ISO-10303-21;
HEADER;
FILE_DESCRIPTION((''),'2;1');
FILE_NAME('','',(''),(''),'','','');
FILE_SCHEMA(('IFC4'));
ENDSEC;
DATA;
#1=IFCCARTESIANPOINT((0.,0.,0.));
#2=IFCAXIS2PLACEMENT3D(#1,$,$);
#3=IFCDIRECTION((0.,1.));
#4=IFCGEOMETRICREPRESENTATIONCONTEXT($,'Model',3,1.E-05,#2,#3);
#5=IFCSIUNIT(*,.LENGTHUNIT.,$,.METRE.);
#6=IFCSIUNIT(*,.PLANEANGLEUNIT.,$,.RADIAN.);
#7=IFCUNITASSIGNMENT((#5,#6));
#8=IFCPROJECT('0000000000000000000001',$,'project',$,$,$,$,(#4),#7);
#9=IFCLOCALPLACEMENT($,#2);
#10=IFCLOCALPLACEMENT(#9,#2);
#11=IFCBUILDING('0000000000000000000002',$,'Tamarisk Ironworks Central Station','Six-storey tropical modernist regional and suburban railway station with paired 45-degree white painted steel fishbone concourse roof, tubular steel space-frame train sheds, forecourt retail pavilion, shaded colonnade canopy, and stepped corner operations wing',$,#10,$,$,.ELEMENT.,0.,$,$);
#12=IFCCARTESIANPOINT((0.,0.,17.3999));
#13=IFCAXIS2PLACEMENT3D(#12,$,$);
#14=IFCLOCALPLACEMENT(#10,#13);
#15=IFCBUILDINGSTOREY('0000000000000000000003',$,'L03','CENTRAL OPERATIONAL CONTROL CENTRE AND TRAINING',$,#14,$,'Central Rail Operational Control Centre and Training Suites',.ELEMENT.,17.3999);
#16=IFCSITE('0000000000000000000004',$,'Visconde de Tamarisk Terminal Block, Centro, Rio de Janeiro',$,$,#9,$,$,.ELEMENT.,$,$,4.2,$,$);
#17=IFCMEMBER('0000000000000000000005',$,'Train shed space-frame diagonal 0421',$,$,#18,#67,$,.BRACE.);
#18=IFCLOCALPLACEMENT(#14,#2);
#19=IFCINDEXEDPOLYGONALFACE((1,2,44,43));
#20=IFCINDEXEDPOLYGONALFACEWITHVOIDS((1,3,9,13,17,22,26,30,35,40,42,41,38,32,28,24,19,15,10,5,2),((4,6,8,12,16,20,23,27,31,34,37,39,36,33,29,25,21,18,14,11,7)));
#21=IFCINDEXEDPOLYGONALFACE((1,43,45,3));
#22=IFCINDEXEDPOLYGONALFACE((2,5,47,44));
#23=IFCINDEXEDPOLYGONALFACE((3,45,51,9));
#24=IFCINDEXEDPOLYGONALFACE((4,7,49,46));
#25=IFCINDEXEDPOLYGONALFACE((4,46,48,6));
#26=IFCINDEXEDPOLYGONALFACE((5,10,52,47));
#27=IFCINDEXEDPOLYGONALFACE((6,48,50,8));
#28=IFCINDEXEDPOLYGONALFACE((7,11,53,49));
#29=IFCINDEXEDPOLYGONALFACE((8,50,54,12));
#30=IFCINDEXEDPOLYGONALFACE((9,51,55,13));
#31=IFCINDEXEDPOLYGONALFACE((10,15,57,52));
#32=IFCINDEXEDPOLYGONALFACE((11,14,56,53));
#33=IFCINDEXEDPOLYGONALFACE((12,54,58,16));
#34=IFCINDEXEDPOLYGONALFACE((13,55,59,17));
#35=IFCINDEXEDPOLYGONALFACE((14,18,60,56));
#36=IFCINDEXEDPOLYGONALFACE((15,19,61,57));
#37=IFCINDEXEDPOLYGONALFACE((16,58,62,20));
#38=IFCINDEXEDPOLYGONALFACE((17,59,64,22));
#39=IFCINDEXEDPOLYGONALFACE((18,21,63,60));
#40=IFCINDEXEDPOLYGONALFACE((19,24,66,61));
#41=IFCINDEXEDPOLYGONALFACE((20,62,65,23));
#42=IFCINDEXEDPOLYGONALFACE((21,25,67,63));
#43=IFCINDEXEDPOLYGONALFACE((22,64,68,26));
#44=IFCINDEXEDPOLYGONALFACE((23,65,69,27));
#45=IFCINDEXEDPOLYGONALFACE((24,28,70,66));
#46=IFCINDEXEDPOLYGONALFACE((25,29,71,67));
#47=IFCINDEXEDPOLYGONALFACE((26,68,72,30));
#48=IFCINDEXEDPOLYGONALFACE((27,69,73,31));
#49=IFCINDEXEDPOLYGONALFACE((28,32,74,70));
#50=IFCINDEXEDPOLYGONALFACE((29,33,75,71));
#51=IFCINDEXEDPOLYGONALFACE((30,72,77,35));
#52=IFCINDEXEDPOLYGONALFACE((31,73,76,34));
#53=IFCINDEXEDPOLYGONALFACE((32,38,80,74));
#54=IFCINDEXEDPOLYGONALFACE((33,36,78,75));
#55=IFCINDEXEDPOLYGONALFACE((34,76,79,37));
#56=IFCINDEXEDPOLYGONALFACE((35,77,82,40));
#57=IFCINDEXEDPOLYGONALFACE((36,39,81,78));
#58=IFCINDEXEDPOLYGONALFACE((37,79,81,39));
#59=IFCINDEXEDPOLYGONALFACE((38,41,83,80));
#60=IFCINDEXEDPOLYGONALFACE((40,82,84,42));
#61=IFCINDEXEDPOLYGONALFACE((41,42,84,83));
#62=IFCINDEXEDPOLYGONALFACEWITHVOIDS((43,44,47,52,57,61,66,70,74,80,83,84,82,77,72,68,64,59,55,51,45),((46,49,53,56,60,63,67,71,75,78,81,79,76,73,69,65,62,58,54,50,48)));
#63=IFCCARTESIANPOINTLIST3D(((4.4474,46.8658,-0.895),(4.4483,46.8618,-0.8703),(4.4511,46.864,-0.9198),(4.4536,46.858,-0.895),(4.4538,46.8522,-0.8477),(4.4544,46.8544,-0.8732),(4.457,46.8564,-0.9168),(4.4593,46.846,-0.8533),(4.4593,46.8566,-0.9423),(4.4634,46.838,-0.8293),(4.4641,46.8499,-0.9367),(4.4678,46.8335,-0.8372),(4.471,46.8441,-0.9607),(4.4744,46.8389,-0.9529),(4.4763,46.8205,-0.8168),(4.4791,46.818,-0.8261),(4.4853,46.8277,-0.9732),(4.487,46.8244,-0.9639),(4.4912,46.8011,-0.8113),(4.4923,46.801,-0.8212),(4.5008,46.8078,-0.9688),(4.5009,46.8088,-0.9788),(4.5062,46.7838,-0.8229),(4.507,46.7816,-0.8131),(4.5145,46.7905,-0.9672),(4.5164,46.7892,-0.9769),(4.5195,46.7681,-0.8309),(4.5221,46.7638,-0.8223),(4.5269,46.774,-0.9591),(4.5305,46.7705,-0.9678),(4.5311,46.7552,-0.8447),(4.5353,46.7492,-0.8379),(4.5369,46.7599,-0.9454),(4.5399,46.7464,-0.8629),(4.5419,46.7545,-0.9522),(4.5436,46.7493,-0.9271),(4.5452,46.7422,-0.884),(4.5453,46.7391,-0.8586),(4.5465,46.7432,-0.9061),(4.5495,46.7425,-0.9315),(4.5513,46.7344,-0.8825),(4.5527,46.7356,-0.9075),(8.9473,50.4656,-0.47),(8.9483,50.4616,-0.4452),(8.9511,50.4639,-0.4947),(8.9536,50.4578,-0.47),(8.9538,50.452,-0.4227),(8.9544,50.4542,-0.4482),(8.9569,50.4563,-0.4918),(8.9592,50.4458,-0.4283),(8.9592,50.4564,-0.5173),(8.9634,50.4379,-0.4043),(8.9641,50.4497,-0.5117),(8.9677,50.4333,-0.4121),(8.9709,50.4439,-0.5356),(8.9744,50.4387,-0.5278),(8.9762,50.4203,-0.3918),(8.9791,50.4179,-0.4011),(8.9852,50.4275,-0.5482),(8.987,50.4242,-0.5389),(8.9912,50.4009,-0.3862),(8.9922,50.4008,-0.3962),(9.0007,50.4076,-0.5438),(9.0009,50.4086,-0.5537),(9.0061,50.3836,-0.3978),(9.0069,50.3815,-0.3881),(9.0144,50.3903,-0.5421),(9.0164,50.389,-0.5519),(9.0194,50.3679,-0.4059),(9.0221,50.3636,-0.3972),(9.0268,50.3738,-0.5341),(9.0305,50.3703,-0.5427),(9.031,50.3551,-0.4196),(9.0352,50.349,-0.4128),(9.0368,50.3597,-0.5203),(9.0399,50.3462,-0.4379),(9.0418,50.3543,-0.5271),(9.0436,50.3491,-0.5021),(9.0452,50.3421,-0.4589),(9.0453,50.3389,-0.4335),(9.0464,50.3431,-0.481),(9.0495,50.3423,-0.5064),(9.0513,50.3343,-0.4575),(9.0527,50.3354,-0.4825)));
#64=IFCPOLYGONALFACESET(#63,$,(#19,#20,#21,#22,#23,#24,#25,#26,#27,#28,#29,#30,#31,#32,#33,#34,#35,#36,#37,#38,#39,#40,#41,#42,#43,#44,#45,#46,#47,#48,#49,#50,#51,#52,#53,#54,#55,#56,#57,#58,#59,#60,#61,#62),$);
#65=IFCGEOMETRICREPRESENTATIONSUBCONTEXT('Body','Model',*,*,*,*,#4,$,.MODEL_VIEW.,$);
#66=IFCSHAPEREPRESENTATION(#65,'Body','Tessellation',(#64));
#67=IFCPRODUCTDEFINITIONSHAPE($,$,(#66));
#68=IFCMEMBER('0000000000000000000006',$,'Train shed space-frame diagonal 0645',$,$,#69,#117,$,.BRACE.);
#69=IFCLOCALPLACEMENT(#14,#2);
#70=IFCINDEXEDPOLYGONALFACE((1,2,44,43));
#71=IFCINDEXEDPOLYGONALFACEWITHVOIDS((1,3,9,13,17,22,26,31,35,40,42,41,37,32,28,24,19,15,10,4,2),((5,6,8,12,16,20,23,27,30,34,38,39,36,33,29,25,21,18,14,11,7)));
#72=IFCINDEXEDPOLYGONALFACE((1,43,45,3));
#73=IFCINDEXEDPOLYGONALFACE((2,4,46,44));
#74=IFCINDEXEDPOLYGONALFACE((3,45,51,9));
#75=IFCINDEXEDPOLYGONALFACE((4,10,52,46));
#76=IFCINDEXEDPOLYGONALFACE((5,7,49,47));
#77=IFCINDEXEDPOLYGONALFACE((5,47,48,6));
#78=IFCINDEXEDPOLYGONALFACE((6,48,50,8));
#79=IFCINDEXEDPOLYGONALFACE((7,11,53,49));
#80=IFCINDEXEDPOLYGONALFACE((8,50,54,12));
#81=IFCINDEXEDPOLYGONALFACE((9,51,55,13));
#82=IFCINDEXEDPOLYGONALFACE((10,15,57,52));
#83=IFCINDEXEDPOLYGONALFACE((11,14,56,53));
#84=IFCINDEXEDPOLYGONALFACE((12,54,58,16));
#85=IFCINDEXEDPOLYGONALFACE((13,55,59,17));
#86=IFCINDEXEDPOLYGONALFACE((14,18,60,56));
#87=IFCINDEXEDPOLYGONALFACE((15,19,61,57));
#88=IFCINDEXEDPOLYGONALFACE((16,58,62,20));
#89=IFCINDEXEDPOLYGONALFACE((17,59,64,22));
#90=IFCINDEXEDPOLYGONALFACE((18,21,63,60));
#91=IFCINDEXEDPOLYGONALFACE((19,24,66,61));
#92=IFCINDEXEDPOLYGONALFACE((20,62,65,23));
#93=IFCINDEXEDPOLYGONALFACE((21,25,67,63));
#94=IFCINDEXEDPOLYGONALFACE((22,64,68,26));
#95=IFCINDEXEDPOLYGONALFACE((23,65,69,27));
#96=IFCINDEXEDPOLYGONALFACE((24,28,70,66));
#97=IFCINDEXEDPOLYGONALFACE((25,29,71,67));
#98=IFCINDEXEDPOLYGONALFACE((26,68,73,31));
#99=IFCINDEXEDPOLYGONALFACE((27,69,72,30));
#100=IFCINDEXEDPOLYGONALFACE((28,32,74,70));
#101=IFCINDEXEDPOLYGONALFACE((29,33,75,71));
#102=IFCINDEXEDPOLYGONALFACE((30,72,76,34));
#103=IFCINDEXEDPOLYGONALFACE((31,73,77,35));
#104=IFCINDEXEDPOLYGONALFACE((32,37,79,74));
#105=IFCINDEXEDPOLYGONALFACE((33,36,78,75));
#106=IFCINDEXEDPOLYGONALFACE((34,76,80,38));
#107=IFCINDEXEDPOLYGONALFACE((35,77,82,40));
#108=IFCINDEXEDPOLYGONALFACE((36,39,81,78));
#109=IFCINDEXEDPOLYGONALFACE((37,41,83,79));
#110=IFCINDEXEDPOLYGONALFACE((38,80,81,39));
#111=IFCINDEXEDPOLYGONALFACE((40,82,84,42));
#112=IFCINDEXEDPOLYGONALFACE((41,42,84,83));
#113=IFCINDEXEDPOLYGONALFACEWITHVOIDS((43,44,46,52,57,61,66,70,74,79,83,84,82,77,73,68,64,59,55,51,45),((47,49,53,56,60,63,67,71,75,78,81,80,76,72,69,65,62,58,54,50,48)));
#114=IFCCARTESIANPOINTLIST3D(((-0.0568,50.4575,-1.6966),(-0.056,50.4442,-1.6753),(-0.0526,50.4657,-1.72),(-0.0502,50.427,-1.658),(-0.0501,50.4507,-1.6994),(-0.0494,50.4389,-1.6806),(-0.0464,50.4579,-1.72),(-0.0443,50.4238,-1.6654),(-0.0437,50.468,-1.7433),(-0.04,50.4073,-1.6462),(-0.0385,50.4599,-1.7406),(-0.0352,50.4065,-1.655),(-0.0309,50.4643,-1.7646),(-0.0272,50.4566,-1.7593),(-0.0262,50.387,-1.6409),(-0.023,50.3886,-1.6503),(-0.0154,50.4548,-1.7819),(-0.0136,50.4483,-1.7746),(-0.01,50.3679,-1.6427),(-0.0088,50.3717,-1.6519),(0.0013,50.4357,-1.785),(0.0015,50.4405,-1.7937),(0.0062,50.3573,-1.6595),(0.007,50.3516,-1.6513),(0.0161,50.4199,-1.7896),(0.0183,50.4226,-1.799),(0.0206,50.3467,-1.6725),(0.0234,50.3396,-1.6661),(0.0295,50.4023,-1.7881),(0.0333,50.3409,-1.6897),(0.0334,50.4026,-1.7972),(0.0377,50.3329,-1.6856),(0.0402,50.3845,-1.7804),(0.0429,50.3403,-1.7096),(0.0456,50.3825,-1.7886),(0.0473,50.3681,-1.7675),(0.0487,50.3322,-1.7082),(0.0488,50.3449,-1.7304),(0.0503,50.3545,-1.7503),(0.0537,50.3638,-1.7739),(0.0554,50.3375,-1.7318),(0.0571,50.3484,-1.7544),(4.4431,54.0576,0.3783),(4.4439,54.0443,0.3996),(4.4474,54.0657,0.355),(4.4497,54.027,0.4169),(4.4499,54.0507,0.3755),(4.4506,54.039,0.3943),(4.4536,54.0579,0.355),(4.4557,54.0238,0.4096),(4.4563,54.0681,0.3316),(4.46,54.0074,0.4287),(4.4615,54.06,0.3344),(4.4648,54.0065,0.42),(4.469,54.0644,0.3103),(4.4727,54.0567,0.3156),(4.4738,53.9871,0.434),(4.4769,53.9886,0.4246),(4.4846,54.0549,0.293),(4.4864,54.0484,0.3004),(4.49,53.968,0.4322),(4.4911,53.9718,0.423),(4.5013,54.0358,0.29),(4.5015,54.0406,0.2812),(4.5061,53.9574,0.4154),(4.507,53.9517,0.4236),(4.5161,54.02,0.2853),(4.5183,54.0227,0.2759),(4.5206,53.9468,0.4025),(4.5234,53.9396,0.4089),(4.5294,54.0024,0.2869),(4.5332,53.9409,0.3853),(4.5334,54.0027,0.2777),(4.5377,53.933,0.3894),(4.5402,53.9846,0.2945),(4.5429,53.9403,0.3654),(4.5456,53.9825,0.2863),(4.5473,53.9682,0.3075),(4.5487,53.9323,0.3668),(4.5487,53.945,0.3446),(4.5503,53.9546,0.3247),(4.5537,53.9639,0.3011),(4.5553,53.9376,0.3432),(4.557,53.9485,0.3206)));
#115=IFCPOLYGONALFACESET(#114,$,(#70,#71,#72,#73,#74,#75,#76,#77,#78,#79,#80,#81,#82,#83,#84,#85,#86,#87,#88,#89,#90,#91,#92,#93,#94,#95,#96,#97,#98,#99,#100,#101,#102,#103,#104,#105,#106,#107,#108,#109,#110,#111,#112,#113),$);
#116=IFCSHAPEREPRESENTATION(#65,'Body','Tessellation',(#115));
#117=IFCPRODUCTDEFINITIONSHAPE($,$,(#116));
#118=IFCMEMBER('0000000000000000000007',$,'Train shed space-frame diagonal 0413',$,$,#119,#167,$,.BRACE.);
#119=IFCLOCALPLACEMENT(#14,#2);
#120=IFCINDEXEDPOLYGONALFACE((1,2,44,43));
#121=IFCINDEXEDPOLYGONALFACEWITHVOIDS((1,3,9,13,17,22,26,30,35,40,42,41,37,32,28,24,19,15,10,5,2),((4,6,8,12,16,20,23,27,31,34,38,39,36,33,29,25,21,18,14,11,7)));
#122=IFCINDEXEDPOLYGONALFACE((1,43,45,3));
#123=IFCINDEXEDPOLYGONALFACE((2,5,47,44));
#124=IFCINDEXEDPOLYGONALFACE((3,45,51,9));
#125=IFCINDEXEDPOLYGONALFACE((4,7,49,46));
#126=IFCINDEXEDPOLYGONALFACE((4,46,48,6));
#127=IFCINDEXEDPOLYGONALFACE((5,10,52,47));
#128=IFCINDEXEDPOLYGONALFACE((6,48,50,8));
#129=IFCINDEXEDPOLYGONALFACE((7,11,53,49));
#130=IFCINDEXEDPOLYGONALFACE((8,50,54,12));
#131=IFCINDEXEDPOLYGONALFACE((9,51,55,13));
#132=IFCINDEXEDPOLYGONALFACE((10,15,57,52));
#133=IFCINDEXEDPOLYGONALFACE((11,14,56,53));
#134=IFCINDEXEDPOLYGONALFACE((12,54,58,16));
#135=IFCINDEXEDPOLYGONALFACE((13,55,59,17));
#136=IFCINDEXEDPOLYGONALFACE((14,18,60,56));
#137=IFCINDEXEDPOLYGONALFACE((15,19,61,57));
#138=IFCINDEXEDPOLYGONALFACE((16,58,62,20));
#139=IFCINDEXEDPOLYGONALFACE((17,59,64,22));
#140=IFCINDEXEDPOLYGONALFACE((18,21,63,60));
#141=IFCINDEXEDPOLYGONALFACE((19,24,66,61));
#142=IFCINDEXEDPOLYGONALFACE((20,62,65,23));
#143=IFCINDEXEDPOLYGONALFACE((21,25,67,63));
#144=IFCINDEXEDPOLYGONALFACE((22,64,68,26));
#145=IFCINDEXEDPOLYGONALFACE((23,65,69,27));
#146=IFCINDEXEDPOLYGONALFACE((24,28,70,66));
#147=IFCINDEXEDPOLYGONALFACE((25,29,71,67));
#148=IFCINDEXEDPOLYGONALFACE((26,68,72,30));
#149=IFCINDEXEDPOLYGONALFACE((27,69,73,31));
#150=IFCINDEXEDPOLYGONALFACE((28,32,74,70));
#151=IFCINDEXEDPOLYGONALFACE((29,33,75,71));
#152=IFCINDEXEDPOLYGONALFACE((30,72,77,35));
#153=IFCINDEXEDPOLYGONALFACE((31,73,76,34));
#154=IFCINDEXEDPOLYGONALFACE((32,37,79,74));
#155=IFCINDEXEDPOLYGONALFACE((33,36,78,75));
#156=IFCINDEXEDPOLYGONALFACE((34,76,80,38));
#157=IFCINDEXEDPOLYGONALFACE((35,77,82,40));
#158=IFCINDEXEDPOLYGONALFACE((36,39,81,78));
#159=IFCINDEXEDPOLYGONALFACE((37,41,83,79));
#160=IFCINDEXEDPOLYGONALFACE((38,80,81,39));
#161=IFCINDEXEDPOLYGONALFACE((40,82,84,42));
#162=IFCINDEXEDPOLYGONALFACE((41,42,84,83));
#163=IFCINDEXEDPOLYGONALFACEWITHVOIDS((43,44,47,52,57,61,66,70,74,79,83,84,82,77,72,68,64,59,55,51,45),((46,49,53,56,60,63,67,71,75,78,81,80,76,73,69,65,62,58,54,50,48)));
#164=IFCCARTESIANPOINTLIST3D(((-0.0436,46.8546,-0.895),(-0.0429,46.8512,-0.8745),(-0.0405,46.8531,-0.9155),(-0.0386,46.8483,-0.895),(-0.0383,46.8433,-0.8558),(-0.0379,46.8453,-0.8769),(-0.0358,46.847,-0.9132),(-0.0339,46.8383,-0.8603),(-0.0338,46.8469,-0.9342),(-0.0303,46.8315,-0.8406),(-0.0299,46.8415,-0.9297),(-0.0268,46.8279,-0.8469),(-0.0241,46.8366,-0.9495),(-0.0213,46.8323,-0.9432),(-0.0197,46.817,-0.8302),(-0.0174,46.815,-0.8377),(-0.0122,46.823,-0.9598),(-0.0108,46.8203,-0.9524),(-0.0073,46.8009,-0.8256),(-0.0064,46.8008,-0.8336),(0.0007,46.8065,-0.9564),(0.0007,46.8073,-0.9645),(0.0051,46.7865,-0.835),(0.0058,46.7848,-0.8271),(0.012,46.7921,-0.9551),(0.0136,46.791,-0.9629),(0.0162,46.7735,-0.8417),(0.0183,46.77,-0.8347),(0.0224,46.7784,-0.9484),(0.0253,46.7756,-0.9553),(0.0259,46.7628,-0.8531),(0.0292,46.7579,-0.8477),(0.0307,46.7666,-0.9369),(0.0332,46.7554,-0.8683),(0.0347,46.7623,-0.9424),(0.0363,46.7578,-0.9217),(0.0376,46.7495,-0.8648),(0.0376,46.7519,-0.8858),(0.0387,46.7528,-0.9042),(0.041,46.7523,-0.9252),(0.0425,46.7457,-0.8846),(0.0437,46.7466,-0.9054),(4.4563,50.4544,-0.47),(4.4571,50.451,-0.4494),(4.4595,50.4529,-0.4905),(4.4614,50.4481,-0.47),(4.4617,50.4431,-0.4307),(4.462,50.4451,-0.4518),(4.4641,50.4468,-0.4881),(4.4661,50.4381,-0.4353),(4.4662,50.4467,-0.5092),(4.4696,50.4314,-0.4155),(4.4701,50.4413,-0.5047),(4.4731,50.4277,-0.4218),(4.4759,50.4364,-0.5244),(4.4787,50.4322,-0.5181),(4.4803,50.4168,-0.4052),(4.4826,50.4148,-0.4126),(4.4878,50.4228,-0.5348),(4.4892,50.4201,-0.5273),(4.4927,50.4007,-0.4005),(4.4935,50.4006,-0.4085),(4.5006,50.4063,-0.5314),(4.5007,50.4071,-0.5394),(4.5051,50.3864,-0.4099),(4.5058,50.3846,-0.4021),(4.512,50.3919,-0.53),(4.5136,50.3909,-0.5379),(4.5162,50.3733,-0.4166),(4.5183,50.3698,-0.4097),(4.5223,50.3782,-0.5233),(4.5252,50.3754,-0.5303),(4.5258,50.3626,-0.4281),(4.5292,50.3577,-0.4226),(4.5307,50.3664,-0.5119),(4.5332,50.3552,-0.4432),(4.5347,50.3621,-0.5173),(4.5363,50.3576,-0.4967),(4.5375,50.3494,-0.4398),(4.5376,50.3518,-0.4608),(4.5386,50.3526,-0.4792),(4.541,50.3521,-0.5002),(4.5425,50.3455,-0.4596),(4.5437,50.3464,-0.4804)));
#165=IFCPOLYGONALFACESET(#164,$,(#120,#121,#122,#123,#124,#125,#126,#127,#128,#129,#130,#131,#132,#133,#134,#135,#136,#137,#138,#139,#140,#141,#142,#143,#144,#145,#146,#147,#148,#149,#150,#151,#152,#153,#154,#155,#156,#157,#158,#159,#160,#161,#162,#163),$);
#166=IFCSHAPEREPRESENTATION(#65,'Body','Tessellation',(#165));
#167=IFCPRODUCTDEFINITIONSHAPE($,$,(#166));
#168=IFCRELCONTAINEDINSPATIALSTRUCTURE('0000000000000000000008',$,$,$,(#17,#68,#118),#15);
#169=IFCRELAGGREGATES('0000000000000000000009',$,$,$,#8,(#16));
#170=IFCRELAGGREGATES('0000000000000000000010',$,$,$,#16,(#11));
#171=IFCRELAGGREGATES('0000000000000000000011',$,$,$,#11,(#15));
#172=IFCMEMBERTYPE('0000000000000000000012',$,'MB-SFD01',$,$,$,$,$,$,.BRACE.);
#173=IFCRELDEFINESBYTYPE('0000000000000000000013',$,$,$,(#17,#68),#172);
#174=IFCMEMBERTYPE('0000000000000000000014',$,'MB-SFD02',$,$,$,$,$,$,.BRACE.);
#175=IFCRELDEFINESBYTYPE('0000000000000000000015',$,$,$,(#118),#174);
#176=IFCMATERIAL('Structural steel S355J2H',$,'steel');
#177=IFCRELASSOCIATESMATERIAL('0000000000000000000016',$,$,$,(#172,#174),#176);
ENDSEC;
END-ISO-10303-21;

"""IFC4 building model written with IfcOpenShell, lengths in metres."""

from ifc_helpers import new_model, si_unit, direction, frame, origin, origin_2d, place, context, subcontext, project, spatial, hollow_circle, extrude, material, material_profile, profile_set, type_object, element, save


model = new_model("IFC4")

# Units and contexts
model_context = context("Model", 3, precision=1e-05, world=origin(), true_north=direction((0.0, 1.0)))
body_context = subcontext(model_context, "Body", "Model", "MODEL_VIEW")
ifc_project = project(units=[si_unit("LENGTHUNIT", "METRE"), si_unit("PLANEANGLEUNIT", "RADIAN")], contexts=[model_context])

# Site, building, storey
site_placement = place(None, origin())
site = spatial("IfcSite", under=ifc_project, at=site_placement, Name="Visconde de Tamarisk Terminal Block, Centro, Rio de Janeiro", CompositionType="ELEMENT", RefElevation=4.2)
building_placement = place(site_placement, origin())
building = spatial("IfcBuilding", under=site, at=building_placement, Name="Tamarisk Ironworks Central Station", Description="Six-storey tropical modernist regional and suburban railway station with paired 45-degree white painted steel fishbone concourse roof, tubular steel space-frame train sheds, forecourt retail pavilion, shaded colonnade canopy, and stepped corner operations wing", CompositionType="ELEMENT", ElevationOfRefHeight=0.0)
storey_placement = place(building_placement, frame((0.0, 0.0, 17.3999)))
storey = spatial("IfcBuildingStorey", under=building, at=storey_placement, Name="L03", Description="CENTRAL OPERATIONAL CONTROL CENTRE AND TRAINING", LongName="Central Rail Operational Control Centre and Training Suites", CompositionType="ELEMENT", Elevation=17.3999)

# Members
ifc_material_1 = material(Name="Structural steel S355J2H", Category="steel")
ifc_material_profile_1 = material_profile(ifc_material_1, hollow_circle(Radius=0.0842, WallThickness=0.01, at=origin_2d()), Name="CHS 168.3x10")
ifc_profile_set_1 = profile_set([ifc_material_profile_1], Name="Structural steel S355J2H")
member_type_1 = type_object("IfcMemberType", Name="MB-SFD01", PredefinedType="BRACE", material=ifc_profile_set_1)
member_1_placement = place(storey_placement, frame((4.5, 46.8, -0.895), z_axis=(0.778766, 0.622987, 0.073559), x_axis=(-0.62468, 0.780881, 0.0)))
element("IfcMember", 1, at=member_1_placement, inside=storey, type_object=member_type_1, Name="Train shed space-frame diagonal 0421", PredefinedType="BRACE", context=body_context, shape_type="SweptSolid", body=[
    extrude(hollow_circle(Radius=0.0842, WallThickness=0.01, at=origin_2d()), origin(), (0.0, 0.0, 1.0), 5.7783),
])
member_2_placement = place(storey_placement, frame((0.0, 50.3999, -1.72), z_axis=(0.734689, 0.587767, 0.338765), x_axis=(-0.624705, 0.780861, 0.0)))
element("IfcMember", 2, at=member_2_placement, inside=storey, type_object=member_type_1, Name="Train shed space-frame diagonal 0645", PredefinedType="BRACE", context=body_context, shape_type="SweptSolid", body=[
    extrude(hollow_circle(Radius=0.0842, WallThickness=0.01, at=origin_2d()), origin(), (0.0, 0.0, 1.0), 6.125),
])
ifc_material_profile_2 = material_profile(ifc_material_1, hollow_circle(Radius=0.0698, WallThickness=0.0081, at=origin_2d()), Name="CHS 139.7x8")
ifc_profile_set_2 = profile_set([ifc_material_profile_2], Name="Structural steel S355J2H")
member_type_2 = type_object("IfcMemberType", Name="MB-SFD02", PredefinedType="BRACE", material=ifc_profile_set_2)
member_3_placement = place(storey_placement, frame((0.0, 46.8, -0.895), z_axis=(0.778766, 0.622987, 0.073559), x_axis=(-0.62468, 0.780881, 0.0)))
element("IfcMember", 3, at=member_3_placement, inside=storey, type_object=member_type_2, Name="Train shed space-frame diagonal 0413", PredefinedType="BRACE", context=body_context, shape_type="SweptSolid", body=[
    extrude(hollow_circle(Radius=0.0698, WallThickness=0.0081, at=origin_2d()), origin(), (0.0, 0.0, 1.0), 5.7783),
])

save(model, "model.ifc")
